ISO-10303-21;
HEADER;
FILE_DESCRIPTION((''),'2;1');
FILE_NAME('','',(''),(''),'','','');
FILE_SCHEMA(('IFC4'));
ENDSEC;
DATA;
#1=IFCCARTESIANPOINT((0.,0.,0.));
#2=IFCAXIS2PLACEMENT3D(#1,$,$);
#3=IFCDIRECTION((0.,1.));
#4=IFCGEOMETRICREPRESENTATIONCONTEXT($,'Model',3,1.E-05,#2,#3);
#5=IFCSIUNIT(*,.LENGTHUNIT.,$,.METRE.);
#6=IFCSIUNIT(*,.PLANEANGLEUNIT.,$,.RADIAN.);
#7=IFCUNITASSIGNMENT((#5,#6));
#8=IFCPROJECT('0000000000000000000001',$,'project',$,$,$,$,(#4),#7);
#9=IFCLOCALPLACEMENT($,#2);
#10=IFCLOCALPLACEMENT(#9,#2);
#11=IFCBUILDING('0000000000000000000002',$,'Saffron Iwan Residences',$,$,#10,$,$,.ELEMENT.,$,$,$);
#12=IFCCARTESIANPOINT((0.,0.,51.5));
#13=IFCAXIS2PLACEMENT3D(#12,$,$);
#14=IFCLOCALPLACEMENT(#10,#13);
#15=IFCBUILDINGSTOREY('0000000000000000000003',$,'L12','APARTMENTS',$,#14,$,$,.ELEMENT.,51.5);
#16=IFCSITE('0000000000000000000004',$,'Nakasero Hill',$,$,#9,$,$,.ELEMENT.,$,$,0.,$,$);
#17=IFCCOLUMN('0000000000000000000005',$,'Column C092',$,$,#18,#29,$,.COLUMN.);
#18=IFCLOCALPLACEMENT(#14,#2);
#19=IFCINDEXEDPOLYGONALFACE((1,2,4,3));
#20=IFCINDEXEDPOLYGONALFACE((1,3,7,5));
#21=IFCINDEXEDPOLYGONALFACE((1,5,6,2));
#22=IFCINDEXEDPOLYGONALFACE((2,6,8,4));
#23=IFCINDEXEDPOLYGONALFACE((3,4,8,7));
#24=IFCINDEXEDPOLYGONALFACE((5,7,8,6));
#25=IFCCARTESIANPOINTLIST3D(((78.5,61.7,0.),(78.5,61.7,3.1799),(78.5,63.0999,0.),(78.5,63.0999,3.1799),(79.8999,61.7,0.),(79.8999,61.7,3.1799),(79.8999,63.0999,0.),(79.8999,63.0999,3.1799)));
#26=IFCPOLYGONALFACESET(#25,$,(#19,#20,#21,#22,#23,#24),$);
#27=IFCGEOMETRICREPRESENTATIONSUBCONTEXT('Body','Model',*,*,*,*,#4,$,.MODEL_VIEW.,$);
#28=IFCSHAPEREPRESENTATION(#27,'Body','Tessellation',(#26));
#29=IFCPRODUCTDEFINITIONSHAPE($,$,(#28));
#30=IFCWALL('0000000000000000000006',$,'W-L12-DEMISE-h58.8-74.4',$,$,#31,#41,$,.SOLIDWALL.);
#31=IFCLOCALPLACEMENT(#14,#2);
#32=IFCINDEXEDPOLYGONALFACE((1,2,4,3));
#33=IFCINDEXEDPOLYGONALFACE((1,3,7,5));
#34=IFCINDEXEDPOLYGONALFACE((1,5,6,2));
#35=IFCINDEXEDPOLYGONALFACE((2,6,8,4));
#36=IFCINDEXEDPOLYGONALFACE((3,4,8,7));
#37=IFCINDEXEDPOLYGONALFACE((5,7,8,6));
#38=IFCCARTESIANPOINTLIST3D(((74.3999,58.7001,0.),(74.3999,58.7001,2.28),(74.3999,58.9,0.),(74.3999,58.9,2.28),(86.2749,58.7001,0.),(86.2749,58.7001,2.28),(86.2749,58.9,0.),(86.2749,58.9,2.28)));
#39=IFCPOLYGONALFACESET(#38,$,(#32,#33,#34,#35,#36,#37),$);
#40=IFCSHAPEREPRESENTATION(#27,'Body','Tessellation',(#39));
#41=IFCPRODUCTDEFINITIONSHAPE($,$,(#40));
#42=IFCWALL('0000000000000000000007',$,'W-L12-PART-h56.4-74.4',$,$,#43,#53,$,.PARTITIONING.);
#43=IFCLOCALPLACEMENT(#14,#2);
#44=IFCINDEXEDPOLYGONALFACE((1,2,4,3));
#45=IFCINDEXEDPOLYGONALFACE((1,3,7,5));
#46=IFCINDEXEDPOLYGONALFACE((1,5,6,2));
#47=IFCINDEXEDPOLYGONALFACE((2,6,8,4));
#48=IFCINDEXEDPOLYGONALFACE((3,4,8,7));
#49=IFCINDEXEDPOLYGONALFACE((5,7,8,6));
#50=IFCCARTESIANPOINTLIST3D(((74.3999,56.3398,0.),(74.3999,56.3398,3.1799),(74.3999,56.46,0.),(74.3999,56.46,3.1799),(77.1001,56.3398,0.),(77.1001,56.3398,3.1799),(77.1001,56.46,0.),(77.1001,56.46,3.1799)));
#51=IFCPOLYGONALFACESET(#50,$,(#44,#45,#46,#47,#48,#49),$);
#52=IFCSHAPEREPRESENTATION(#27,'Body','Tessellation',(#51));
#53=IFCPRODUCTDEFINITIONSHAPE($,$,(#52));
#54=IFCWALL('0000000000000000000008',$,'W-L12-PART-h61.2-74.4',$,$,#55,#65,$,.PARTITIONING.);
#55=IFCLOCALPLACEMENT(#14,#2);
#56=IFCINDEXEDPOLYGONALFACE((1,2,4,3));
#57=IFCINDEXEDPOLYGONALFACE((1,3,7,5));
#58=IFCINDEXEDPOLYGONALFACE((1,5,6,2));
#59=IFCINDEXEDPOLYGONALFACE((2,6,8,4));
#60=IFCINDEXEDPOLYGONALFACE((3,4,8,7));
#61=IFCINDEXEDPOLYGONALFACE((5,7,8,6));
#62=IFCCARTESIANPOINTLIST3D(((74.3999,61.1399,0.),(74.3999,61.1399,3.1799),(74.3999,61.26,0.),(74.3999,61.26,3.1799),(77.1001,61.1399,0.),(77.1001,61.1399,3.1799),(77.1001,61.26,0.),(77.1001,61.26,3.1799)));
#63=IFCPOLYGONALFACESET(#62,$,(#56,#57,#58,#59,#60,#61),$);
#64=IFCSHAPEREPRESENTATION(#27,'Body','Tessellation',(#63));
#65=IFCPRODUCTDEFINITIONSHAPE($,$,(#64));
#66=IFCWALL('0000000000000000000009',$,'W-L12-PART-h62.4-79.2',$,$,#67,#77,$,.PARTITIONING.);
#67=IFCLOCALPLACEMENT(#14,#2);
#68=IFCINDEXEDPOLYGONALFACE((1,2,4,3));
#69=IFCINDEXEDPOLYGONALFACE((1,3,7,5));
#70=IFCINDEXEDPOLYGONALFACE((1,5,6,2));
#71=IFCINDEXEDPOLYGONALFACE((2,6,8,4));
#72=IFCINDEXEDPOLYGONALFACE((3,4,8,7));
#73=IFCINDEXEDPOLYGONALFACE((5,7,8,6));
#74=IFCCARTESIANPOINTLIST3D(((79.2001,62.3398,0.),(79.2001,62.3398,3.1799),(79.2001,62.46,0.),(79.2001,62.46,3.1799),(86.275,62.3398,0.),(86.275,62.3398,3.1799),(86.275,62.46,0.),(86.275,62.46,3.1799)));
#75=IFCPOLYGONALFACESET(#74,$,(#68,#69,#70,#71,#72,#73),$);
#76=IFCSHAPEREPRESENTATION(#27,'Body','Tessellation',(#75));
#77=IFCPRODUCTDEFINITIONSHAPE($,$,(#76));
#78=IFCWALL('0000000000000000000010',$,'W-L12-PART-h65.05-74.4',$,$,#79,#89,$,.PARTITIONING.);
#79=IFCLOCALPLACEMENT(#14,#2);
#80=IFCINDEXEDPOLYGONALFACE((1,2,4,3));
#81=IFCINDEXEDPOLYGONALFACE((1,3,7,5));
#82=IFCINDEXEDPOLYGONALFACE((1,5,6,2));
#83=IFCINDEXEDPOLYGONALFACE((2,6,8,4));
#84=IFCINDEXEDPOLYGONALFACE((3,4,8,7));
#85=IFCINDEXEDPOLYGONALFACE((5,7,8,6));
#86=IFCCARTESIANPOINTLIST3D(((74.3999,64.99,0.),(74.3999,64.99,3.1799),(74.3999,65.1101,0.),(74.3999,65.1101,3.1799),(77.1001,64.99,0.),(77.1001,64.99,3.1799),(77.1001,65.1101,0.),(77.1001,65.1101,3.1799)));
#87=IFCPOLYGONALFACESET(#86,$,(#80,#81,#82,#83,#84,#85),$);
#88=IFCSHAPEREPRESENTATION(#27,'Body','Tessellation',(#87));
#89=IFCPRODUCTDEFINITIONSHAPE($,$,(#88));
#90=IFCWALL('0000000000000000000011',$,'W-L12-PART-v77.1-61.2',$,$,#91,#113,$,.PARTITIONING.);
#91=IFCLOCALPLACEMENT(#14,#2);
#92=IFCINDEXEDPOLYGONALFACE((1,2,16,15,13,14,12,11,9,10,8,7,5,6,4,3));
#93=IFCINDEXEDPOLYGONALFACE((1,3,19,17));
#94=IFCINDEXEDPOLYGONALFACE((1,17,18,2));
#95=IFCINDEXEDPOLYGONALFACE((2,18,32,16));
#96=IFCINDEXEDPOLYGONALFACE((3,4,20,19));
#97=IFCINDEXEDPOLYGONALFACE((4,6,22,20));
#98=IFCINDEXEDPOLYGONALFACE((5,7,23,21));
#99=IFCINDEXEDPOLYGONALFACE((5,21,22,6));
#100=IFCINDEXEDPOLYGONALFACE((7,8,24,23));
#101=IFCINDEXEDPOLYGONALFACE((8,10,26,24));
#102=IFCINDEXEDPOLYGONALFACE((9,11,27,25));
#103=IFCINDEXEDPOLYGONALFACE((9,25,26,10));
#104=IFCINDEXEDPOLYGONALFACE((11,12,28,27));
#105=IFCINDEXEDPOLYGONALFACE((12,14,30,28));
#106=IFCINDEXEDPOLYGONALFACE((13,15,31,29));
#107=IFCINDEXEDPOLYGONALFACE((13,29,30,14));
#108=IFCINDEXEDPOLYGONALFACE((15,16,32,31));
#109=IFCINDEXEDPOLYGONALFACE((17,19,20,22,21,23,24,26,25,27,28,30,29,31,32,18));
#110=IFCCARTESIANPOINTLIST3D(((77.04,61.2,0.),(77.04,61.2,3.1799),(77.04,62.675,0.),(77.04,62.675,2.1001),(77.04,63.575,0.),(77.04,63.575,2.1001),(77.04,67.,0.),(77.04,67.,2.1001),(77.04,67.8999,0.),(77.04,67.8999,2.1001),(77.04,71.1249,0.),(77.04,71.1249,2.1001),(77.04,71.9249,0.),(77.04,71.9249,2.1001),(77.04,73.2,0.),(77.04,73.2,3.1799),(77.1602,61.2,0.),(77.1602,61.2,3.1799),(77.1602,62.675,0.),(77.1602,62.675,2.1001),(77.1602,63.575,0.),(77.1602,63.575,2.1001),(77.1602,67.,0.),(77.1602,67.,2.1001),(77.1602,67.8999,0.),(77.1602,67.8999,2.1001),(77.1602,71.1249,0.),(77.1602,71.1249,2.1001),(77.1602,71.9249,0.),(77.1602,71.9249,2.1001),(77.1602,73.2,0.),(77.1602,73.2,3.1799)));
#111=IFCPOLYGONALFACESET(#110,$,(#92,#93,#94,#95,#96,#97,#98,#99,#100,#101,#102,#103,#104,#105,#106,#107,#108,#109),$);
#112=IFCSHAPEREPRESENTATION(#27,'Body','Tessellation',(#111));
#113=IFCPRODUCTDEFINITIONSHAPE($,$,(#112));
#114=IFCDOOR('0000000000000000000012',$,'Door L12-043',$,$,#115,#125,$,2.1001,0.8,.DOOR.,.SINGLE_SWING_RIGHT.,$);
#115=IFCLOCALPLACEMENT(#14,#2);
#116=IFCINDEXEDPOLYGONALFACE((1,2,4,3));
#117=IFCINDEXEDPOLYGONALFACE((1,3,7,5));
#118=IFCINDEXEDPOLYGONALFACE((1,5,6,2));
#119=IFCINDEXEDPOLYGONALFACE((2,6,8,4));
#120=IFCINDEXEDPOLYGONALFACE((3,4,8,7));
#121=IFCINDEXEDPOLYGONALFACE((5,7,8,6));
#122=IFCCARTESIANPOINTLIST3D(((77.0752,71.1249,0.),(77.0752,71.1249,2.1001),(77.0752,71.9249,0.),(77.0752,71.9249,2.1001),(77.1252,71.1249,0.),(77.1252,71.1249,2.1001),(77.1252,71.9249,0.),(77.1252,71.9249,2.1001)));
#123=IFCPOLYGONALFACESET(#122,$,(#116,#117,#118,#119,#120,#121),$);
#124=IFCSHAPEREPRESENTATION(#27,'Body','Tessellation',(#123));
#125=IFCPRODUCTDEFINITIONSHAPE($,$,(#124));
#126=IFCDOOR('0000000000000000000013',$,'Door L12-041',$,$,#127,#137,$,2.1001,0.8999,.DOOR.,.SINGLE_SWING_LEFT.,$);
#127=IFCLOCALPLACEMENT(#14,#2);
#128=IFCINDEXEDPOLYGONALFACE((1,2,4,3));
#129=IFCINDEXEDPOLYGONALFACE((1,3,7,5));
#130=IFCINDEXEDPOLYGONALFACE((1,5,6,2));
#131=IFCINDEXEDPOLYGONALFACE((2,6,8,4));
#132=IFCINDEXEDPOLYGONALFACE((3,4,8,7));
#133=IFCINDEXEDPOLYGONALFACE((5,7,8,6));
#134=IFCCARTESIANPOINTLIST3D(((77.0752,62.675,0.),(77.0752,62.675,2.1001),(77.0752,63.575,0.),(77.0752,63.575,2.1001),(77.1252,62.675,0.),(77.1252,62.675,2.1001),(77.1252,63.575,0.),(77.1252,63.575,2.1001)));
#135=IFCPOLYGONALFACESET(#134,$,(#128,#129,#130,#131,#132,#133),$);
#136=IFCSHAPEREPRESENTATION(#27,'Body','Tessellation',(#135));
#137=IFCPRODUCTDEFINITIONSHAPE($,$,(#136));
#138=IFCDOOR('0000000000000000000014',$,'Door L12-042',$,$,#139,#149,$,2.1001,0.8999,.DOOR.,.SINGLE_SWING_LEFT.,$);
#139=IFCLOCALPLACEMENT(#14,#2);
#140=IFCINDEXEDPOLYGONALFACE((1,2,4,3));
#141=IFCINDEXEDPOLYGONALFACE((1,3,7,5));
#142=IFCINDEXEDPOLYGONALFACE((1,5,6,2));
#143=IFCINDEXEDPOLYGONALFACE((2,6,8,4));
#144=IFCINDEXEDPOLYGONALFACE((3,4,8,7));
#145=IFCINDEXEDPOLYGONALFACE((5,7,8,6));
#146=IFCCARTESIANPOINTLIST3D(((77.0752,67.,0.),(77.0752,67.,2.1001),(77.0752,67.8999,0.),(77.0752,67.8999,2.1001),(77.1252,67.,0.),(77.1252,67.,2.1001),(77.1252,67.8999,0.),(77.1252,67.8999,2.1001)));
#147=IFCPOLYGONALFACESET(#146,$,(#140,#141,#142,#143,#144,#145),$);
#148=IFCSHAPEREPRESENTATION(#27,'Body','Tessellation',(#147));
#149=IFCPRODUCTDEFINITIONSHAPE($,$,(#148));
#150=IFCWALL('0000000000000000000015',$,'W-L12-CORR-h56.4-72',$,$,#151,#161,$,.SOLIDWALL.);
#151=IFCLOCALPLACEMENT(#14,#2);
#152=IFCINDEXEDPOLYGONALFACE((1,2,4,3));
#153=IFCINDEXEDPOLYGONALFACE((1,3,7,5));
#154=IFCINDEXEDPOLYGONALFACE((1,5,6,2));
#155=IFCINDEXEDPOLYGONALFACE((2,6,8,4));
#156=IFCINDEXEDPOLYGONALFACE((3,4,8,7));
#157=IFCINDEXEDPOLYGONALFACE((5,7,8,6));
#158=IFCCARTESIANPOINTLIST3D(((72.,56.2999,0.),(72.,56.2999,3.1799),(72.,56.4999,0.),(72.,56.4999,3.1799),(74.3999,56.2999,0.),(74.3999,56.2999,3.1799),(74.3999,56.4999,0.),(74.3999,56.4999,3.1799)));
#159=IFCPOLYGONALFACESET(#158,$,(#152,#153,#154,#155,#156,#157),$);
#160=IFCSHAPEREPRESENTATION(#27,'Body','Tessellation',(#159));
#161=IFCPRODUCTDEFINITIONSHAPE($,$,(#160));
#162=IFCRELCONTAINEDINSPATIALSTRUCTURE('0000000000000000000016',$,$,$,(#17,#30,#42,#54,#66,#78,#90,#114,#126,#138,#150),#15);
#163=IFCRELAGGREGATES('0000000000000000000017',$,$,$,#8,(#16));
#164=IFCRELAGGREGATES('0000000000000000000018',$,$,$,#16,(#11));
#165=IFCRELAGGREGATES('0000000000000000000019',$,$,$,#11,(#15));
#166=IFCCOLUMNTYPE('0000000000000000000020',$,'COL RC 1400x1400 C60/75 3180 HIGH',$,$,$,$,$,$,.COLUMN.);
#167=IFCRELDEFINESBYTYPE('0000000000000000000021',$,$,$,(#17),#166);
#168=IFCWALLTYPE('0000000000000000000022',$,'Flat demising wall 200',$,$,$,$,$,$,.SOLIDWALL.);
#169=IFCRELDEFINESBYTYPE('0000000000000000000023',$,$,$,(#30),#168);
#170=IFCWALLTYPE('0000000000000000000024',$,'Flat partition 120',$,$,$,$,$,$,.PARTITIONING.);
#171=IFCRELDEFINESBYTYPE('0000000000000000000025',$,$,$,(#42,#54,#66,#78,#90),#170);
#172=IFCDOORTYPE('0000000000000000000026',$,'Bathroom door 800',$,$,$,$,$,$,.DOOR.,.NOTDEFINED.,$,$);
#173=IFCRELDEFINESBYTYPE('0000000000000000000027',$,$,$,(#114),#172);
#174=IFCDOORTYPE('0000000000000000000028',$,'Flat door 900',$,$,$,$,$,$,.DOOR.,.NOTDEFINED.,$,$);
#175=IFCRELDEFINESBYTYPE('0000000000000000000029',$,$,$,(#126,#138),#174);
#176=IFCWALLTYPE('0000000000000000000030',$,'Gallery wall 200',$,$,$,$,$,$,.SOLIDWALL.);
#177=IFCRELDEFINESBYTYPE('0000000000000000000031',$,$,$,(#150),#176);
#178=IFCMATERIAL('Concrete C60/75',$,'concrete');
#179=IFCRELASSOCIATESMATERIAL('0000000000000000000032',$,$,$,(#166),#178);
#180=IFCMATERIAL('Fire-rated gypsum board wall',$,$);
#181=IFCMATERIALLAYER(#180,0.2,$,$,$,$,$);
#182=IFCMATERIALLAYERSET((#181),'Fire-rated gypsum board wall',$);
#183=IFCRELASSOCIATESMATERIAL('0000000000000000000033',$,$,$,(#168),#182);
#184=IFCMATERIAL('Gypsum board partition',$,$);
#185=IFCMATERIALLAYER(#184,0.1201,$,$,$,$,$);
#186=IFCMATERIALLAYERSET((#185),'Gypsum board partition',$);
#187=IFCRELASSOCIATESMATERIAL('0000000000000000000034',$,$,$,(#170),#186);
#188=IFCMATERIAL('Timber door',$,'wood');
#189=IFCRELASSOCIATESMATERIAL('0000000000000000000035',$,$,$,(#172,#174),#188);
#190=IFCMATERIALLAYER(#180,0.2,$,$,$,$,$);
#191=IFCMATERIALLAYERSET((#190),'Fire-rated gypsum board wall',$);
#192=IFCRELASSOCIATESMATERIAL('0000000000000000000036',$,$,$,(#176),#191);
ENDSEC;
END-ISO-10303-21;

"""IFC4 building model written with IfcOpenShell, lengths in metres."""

from ifc_helpers import new_model, si_unit, direction, frame, frame_2d, origin, origin_2d, place, context, subcontext, project, spatial, rectangle, extrude, source, transform, mapped, material, layer, layer_set, material_profile, profile_set, type_object, element, fill, save


model = new_model("IFC4")

# Units and contexts
model_context = context("Model", 3, precision=1e-05, world=origin(), true_north=direction((0.0, 1.0)))
body_context = subcontext(model_context, "Body", "Model", "MODEL_VIEW")
ifc_project = project(units=[si_unit("LENGTHUNIT", "METRE"), si_unit("PLANEANGLEUNIT", "RADIAN")], contexts=[model_context])

# Site, building, storey
site_placement = place(None, origin())
site = spatial("IfcSite", under=ifc_project, at=site_placement, Name="Nakasero Hill", CompositionType="ELEMENT", RefElevation=0.0)
building_placement = place(site_placement, origin())
building = spatial("IfcBuilding", under=site, at=building_placement, Name="Saffron Iwan Residences", CompositionType="ELEMENT")
storey_placement = place(building_placement, frame((0.0, 0.0, 51.5)))
storey = spatial("IfcBuildingStorey", under=building, at=storey_placement, Name="L12", Description="APARTMENTS", CompositionType="ELEMENT", Elevation=51.5)

# Column
ifc_material_1 = material(Name="Concrete C60/75", Category="concrete")
ifc_material_profile = material_profile(ifc_material_1, rectangle(XDim=1.3999, YDim=1.3999, at=origin_2d()), Name="RC 1400x1400")
ifc_profile_set = profile_set([ifc_material_profile], Name="Concrete C60/75")
column_type = type_object("IfcColumnType", Name="COL RC 1400x1400 C60/75 3180 HIGH", PredefinedType="COLUMN", material=ifc_profile_set)
shared_shape = source(origin(), body_context, "Body", "SweptSolid", [
    extrude(rectangle(XDim=1.3999, YDim=1.3999, at=origin_2d()), origin(), (0.0, 0.0, 1.0), 3.1799),
])
column_placement = place(storey_placement, frame((79.2, 62.3999, 0.0), z_axis=(0.0, 0.0, 1.0), x_axis=(1.0, 0.0, 0.0)))
element("IfcColumn", 1, at=column_placement, inside=storey, type_object=column_type, Name="Column C092", PredefinedType="COLUMN", context=body_context, shape_type="MappedRepresentation", body=[
    mapped(shared_shape, transform((0.0, 0.0, 0.0))),
])

# Walls
ifc_material_2 = material(Name="Fire-rated gypsum board wall")
ifc_layer_1 = layer(ifc_material_2, 0.2)
ifc_layer_set_1 = layer_set([ifc_layer_1], Name="Fire-rated gypsum board wall")
wall_type_1 = type_object("IfcWallType", Name="Flat demising wall 200", PredefinedType="SOLIDWALL", material=ifc_layer_set_1)
wall_1_placement = place(storey_placement, frame((74.3999, 58.8, 0.0), z_axis=(0.0, 0.0, 1.0), x_axis=(1.0, 0.0, 0.0)))
element("IfcWall", 2, at=wall_1_placement, inside=storey, type_object=wall_type_1, Name="W-L12-DEMISE-h58.8-74.4", PredefinedType="SOLIDWALL", context=body_context, shape_type="SweptSolid", body=[
    extrude(rectangle(XDim=11.875, YDim=0.2, at=frame_2d((5.9375, 0.0))), origin(), (0.0, 0.0, 1.0), 2.28),
])
ifc_material_3 = material(Name="Gypsum board partition")
ifc_layer_2 = layer(ifc_material_3, 0.1201)
ifc_layer_set_2 = layer_set([ifc_layer_2], Name="Gypsum board partition")
wall_type_2 = type_object("IfcWallType", Name="Flat partition 120", PredefinedType="PARTITIONING", material=ifc_layer_set_2)
for number, where, z_axis, x_axis, name in (
    (3, (74.3999, 56.3999, 0.0), (0.0, 0.0, 1.0), (1.0, 0.0, 0.0), "W-L12-PART-h56.4-74.4"),
    (4, (74.3999, 61.2, 0.0), (0.0, 0.0, 1.0), (1.0, 0.0, 0.0), "W-L12-PART-h61.2-74.4"),
):
    element("IfcWall", number, at=place(storey_placement, frame(where, z_axis=z_axis, x_axis=x_axis)), inside=storey, type_object=wall_type_2, Name=name, PredefinedType="PARTITIONING", context=body_context, shape_type="SweptSolid", body=[
        extrude(rectangle(XDim=2.7002, YDim=0.1201, at=frame_2d((1.3501, 0.0))), origin(), (0.0, 0.0, 1.0), 3.1799),
    ])
wall_2_placement = place(storey_placement, frame((79.2, 62.3999, 0.0), z_axis=(0.0, 0.0, 1.0), x_axis=(1.0, 0.0, 0.0)))
element("IfcWall", 5, at=wall_2_placement, inside=storey, type_object=wall_type_2, Name="W-L12-PART-h62.4-79.2", PredefinedType="PARTITIONING", context=body_context, shape_type="SweptSolid", body=[
    extrude(rectangle(XDim=7.075, YDim=0.1201, at=frame_2d((3.5376, 0.0))), origin(), (0.0, 0.0, 1.0), 3.1799),
])
wall_3_placement = place(storey_placement, frame((74.3999, 65.05, 0.0), z_axis=(0.0, 0.0, 1.0), x_axis=(1.0, 0.0, 0.0)))
element("IfcWall", 6, at=wall_3_placement, inside=storey, type_object=wall_type_2, Name="W-L12-PART-h65.05-74.4", PredefinedType="PARTITIONING", context=body_context, shape_type="SweptSolid", body=[
    extrude(rectangle(XDim=2.7002, YDim=0.1201, at=frame_2d((1.3501, 0.0))), origin(), (0.0, 0.0, 1.0), 3.1799),
])

# Wall, openings, doors
wall_4_placement = place(storey_placement, frame((77.1001, 61.2, 0.0), z_axis=(0.0, 0.0, 1.0), x_axis=(0.0, 1.0, 0.0)))
wall_4 = element("IfcWall", 7, at=wall_4_placement, inside=storey, type_object=wall_type_2, Name="W-L12-PART-v77.1-61.2", PredefinedType="PARTITIONING", context=body_context, shape_type="SweptSolid", body=[
    extrude(rectangle(XDim=12.0, YDim=0.1201, at=frame_2d((6.0, 0.0))), origin(), (0.0, 0.0, 1.0), 3.1799),
])
opening_1_placement = place(wall_4_placement, frame((1.4751, 0.0, 0.0)))
opening_1 = element("IfcOpeningElement", 8, at=opening_1_placement, cuts=wall_4, PredefinedType="OPENING", context=body_context, shape_type="SweptSolid", body=[
    extrude(rectangle(XDim=0.8999, YDim=2.1001, at=frame_2d((0.45, 1.05))), frame((0.0, 0.0701, 0.0), z_axis=(0.0, -1.0, 0.0), x_axis=(1.0, 0.0, 0.0)), (0.0, 0.0, 1.0), 0.1401),
])
opening_2_placement = place(wall_4_placement, frame((5.8, 0.0, 0.0)))
opening_2 = element("IfcOpeningElement", 9, at=opening_2_placement, cuts=wall_4, PredefinedType="OPENING", context=body_context, shape_type="SweptSolid", body=[
    extrude(rectangle(XDim=0.8999, YDim=2.1001, at=frame_2d((0.45, 1.05))), frame((0.0, 0.0701, 0.0), z_axis=(0.0, -1.0, 0.0), x_axis=(1.0, 0.0, 0.0)), (0.0, 0.0, 1.0), 0.1401),
])
opening_3_placement = place(wall_4_placement, frame((9.925, 0.0, 0.0)))
opening_3 = element("IfcOpeningElement", 10, at=opening_3_placement, cuts=wall_4, PredefinedType="OPENING", context=body_context, shape_type="SweptSolid", body=[
    extrude(rectangle(XDim=0.8, YDim=2.1001, at=frame_2d((0.3999, 1.05))), frame((0.0, 0.0701, 0.0), z_axis=(0.0, -1.0, 0.0), x_axis=(1.0, 0.0, 0.0)), (0.0, 0.0, 1.0), 0.1401),
])
ifc_material_4 = material(Name="Timber door", Category="wood")
door_type_1 = type_object("IfcDoorType", Name="Bathroom door 800", OperationType="NOTDEFINED", PredefinedType="DOOR", material=ifc_material_4)
door_1_placement = place(opening_3_placement, origin())
door_1 = element("IfcDoor", 11, at=door_1_placement, inside=storey, type_object=door_type_1, Name="Door L12-043", OperationType="SINGLE_SWING_RIGHT", OverallHeight=2.1001, OverallWidth=0.8, PredefinedType="DOOR", context=body_context, shape_type="SweptSolid", body=[
    extrude(rectangle(XDim=0.8, YDim=2.1001, at=frame_2d((0.3999, 1.05))), frame((0.0, 0.0249, 0.0), z_axis=(0.0, -1.0, 0.0), x_axis=(1.0, 0.0, 0.0)), (0.0, 0.0, 1.0), 0.05),
])
fill(opening_3, door_1)
door_type_2 = type_object("IfcDoorType", Name="Flat door 900", OperationType="NOTDEFINED", PredefinedType="DOOR", material=ifc_material_4)
door_2_placement = place(opening_1_placement, origin())
door_2 = element("IfcDoor", 12, at=door_2_placement, inside=storey, type_object=door_type_2, Name="Door L12-041", OperationType="SINGLE_SWING_LEFT", OverallHeight=2.1001, OverallWidth=0.8999, PredefinedType="DOOR", context=body_context, shape_type="SweptSolid", body=[
    extrude(rectangle(XDim=0.8999, YDim=2.1001, at=frame_2d((0.45, 1.05))), frame((0.0, 0.0249, 0.0), z_axis=(0.0, -1.0, 0.0), x_axis=(1.0, 0.0, 0.0)), (0.0, 0.0, 1.0), 0.05),
])
fill(opening_1, door_2)
door_3_placement = place(opening_2_placement, origin())
door_3 = element("IfcDoor", 13, at=door_3_placement, inside=storey, type_object=door_type_2, Name="Door L12-042", OperationType="SINGLE_SWING_LEFT", OverallHeight=2.1001, OverallWidth=0.8999, PredefinedType="DOOR", context=body_context, shape_type="SweptSolid", body=[
    extrude(rectangle(XDim=0.8999, YDim=2.1001, at=frame_2d((0.45, 1.05))), frame((0.0, 0.0249, 0.0), z_axis=(0.0, -1.0, 0.0), x_axis=(1.0, 0.0, 0.0)), (0.0, 0.0, 1.0), 0.05),
])
fill(opening_2, door_3)

# Wall
ifc_layer_3 = layer(ifc_material_2, 0.2)
ifc_layer_set_3 = layer_set([ifc_layer_3], Name="Fire-rated gypsum board wall")
wall_type_3 = type_object("IfcWallType", Name="Gallery wall 200", PredefinedType="SOLIDWALL", material=ifc_layer_set_3)
wall_5_placement = place(storey_placement, frame((72.0, 56.3999, 0.0), z_axis=(0.0, 0.0, 1.0), x_axis=(1.0, 0.0, 0.0)))
element("IfcWall", 14, at=wall_5_placement, inside=storey, type_object=wall_type_3, Name="W-L12-CORR-h56.4-72", PredefinedType="SOLIDWALL", context=body_context, shape_type="SweptSolid", body=[
    extrude(rectangle(XDim=2.3999, YDim=0.2, at=frame_2d((1.2, 0.0))), origin(), (0.0, 0.0, 1.0), 3.1799),
])

save(model, "model.ifc")
